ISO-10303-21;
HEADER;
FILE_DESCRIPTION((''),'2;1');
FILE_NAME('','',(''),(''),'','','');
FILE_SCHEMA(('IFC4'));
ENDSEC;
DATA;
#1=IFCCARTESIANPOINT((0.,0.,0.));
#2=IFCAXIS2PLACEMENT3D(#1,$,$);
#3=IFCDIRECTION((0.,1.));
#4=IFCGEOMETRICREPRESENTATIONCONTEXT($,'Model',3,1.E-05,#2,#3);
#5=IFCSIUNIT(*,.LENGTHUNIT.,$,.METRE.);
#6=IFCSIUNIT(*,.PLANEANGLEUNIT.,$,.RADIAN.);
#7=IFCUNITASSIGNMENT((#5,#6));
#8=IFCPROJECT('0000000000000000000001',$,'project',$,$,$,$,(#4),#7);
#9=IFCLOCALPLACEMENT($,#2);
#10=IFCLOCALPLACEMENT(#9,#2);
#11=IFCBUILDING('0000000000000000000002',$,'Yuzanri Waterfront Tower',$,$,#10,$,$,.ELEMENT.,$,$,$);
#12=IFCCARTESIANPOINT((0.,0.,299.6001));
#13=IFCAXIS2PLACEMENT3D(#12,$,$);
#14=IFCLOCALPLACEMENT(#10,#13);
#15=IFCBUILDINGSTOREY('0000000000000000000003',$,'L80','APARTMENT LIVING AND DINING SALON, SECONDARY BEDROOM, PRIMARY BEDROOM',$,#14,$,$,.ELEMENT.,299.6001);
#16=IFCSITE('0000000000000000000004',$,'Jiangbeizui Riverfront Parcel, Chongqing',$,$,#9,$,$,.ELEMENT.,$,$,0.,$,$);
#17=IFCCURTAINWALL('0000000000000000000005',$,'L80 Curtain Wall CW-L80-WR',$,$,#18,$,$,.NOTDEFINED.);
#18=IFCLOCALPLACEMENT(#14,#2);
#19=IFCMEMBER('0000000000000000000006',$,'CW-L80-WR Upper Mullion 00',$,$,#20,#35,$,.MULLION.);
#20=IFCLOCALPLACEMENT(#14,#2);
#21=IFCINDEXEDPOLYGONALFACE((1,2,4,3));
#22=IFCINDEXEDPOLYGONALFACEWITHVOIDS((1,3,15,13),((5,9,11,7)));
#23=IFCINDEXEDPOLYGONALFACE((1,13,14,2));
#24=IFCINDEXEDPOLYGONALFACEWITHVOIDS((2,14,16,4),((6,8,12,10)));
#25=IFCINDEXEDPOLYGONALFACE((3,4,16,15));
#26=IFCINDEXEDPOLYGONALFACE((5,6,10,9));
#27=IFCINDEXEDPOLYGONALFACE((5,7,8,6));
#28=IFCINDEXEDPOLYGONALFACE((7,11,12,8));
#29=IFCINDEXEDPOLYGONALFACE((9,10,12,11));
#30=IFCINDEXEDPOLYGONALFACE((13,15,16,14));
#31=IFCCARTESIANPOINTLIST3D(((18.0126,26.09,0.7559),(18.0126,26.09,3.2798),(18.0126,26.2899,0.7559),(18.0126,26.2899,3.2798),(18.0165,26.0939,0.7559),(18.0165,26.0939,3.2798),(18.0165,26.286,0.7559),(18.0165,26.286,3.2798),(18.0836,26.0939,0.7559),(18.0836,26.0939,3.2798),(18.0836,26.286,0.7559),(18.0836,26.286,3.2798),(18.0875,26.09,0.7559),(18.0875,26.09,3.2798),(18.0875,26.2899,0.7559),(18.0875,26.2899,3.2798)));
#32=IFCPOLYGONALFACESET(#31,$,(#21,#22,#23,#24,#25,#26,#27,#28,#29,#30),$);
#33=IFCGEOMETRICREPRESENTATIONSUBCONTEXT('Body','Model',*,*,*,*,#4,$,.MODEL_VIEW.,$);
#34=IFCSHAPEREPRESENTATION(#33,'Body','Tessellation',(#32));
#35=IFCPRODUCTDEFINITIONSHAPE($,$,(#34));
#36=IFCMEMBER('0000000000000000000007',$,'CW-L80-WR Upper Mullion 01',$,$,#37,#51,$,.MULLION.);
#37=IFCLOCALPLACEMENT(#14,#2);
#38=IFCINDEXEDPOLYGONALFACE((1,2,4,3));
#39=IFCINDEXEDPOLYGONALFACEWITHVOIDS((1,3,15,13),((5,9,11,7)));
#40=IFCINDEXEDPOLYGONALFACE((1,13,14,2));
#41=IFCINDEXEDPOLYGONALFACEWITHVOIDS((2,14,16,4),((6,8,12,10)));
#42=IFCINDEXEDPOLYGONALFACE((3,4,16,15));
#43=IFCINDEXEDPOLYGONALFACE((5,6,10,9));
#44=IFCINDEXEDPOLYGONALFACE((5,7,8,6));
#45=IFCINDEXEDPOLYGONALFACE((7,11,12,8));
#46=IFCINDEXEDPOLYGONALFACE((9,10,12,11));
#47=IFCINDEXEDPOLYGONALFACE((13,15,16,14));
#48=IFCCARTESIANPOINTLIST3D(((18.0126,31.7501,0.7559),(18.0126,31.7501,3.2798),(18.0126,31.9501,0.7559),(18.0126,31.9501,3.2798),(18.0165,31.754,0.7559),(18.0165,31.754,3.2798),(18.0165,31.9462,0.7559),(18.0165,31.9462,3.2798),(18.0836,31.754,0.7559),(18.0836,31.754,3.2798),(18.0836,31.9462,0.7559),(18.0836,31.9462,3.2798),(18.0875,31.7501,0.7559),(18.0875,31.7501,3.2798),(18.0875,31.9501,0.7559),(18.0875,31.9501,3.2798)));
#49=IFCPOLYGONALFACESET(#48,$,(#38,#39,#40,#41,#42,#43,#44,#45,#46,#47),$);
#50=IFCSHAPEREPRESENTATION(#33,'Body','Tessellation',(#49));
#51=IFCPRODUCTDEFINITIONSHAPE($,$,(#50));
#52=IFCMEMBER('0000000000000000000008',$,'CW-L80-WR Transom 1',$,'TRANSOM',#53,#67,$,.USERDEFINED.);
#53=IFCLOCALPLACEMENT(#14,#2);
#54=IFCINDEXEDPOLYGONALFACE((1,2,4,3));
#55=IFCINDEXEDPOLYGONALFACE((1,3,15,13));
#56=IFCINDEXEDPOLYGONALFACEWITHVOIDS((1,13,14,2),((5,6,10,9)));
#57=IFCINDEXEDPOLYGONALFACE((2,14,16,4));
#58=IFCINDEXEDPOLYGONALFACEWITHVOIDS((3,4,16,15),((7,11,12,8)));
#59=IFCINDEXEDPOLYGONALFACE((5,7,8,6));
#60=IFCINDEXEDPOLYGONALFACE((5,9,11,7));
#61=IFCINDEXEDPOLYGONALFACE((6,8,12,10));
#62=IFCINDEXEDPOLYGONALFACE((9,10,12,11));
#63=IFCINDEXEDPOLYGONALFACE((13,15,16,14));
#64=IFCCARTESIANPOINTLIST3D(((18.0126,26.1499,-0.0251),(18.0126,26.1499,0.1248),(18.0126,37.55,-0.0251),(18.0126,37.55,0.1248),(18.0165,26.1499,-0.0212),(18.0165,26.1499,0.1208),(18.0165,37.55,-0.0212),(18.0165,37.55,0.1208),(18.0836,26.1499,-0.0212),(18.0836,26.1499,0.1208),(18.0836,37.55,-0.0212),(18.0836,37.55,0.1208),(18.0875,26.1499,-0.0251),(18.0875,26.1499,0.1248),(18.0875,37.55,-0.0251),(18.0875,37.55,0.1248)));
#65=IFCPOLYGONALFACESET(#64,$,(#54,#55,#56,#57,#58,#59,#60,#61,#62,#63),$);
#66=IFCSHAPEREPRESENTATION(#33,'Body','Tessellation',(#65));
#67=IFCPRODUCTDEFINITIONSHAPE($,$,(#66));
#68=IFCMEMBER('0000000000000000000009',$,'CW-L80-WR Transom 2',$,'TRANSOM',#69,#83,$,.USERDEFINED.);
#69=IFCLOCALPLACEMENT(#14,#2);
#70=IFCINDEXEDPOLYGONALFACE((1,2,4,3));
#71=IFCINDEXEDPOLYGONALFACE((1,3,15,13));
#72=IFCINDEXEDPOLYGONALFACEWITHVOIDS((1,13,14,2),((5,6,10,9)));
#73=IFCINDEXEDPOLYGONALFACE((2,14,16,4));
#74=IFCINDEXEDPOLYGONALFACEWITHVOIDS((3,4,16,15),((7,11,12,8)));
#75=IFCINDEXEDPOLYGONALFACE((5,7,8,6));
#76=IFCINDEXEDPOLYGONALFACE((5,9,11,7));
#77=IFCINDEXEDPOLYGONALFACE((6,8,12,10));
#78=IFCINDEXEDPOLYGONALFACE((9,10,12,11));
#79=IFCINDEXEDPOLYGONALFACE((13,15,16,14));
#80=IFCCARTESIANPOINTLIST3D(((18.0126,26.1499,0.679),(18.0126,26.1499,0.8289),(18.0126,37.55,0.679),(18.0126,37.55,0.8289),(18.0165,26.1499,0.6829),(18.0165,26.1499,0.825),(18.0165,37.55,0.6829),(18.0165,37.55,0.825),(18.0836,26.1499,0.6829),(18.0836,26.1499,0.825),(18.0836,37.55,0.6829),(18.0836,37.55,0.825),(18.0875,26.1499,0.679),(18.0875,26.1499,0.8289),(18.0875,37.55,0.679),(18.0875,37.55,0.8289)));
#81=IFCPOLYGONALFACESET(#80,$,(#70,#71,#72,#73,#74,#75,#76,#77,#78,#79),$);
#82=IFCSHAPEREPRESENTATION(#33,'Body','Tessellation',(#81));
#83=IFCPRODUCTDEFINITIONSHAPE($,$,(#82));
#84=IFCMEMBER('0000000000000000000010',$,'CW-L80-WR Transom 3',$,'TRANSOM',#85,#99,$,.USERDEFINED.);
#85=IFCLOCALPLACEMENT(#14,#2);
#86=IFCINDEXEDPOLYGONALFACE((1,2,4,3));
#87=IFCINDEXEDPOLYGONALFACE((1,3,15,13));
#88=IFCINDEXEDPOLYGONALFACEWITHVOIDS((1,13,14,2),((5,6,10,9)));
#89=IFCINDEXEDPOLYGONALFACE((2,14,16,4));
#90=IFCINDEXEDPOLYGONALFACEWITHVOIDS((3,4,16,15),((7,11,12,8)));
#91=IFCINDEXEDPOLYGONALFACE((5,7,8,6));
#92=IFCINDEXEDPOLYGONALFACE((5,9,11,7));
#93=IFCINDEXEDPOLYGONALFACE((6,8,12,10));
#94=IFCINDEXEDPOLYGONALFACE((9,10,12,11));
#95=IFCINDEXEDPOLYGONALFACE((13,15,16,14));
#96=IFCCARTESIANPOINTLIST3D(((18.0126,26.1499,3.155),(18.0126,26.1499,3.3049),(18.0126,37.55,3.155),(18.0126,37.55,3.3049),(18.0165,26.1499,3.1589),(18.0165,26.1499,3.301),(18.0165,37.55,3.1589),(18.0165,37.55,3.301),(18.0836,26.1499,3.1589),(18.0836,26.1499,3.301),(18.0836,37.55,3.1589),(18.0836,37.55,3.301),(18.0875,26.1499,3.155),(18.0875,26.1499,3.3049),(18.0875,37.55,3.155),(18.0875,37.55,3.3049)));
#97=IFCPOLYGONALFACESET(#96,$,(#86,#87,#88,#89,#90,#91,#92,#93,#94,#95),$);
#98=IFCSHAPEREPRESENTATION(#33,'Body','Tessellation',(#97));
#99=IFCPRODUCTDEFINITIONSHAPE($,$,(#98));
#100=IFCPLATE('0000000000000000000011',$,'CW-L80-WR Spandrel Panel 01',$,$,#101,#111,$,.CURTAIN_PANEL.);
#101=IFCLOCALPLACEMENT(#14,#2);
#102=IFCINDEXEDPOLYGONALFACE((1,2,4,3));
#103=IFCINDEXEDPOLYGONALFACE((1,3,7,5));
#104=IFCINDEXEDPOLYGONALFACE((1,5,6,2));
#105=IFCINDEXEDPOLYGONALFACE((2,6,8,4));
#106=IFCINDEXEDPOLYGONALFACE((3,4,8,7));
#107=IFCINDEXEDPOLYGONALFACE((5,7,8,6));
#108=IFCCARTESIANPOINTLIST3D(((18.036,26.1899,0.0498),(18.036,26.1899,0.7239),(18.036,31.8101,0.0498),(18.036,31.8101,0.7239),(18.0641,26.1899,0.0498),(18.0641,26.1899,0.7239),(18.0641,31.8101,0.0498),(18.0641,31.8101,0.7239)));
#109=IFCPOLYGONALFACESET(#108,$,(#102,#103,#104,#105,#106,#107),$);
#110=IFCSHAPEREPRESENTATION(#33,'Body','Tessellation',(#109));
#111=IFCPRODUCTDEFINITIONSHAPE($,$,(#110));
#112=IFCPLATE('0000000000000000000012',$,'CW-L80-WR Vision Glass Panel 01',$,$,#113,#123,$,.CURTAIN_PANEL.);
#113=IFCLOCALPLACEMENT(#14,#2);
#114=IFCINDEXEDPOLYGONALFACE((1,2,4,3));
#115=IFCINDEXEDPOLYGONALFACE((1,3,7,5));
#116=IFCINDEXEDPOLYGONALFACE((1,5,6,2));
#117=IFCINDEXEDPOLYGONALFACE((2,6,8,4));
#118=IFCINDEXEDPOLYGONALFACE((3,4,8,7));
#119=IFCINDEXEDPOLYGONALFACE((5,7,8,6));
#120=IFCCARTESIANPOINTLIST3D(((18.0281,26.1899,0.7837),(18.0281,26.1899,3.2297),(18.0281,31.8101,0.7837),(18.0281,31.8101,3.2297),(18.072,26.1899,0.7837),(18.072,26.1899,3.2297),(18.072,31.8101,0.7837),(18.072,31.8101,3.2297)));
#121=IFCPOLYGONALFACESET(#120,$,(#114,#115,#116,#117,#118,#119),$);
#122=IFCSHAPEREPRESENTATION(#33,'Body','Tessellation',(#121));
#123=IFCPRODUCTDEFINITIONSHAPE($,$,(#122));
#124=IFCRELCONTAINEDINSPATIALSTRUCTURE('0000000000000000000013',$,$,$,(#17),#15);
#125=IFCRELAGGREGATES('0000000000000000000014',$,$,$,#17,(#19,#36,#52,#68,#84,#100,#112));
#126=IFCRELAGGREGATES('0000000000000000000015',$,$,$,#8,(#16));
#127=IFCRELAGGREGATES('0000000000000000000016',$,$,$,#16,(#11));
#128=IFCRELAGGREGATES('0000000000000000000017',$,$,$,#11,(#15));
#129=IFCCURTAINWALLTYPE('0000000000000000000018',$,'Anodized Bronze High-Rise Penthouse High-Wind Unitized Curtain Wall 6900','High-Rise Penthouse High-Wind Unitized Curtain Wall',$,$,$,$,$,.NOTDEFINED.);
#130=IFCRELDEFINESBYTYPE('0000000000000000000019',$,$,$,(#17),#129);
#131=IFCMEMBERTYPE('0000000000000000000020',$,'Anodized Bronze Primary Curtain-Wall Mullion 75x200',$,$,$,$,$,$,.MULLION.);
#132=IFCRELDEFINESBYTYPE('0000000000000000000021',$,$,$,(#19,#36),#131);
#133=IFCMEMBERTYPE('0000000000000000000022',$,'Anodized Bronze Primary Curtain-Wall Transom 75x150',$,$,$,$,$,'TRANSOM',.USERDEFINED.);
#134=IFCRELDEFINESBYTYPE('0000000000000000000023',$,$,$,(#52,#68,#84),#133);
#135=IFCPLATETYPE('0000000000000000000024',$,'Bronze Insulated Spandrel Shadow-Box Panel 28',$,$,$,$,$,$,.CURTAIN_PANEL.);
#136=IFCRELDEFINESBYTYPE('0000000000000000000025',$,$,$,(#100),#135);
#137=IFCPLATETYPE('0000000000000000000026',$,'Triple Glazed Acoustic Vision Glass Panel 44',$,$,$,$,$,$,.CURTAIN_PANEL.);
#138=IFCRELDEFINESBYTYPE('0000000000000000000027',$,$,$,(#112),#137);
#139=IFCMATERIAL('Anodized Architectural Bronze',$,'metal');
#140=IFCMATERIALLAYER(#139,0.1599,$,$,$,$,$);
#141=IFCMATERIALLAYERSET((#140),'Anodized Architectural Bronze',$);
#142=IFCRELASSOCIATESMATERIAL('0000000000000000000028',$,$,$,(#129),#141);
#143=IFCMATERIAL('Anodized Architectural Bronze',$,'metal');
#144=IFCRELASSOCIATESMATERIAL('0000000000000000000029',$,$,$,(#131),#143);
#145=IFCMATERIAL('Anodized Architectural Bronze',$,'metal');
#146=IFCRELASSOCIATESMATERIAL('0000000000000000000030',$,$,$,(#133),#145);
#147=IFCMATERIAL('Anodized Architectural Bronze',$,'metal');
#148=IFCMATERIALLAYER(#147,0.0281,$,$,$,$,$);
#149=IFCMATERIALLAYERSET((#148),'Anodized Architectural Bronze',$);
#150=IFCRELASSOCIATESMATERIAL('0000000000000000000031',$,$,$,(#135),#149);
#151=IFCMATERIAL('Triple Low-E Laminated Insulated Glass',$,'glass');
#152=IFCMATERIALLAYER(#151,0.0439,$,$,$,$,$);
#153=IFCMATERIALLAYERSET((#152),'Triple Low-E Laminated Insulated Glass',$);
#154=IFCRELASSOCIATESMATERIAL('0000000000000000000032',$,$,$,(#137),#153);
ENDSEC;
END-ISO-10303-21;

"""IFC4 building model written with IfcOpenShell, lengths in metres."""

from ifc_helpers import new_model, si_unit, direction, frame, origin, origin_2d, place, context, subcontext, project, spatial, rectangle, hollow_rectangle, extrude, source, transform, mapped, material, layer, layer_set, material_profile, profile_set, type_object, element, aggregate, save


model = new_model("IFC4")

# Units and contexts
model_context = context("Model", 3, precision=1e-05, world=origin(), true_north=direction((0.0, 1.0)))
body_context = subcontext(model_context, "Body", "Model", "MODEL_VIEW")
ifc_project = project(units=[si_unit("LENGTHUNIT", "METRE"), si_unit("PLANEANGLEUNIT", "RADIAN")], contexts=[model_context])

# Site, building, storey
site_placement = place(None, origin())
site = spatial("IfcSite", under=ifc_project, at=site_placement, Name="Jiangbeizui Riverfront Parcel, Chongqing", CompositionType="ELEMENT", RefElevation=0.0)
building_placement = place(site_placement, origin())
building = spatial("IfcBuilding", under=site, at=building_placement, Name="Yuzanri Waterfront Tower", CompositionType="ELEMENT")
storey_placement = place(building_placement, frame((0.0, 0.0, 299.6001)))
storey = spatial("IfcBuildingStorey", under=building, at=storey_placement, Name="L80", Description="APARTMENT LIVING AND DINING SALON, SECONDARY BEDROOM, PRIMARY BEDROOM", CompositionType="ELEMENT", Elevation=299.6001)

# Shared definitions
ifc_material_1 = material(Name="Anodized Architectural Bronze", Category="metal")
ifc_layer_1 = layer(ifc_material_1, 0.1599)
ifc_layer_set_1 = layer_set([ifc_layer_1], Name="Anodized Architectural Bronze")
curtain_wall_type = type_object("IfcCurtainWallType", Name="Anodized Bronze High-Rise Penthouse High-Wind Unitized Curtain Wall 6900", Description="High-Rise Penthouse High-Wind Unitized Curtain Wall", PredefinedType="NOTDEFINED", material=ifc_layer_set_1)
ifc_material_2 = material(Name="Anodized Architectural Bronze", Category="metal")
ifc_material_profile_1 = material_profile(ifc_material_2, hollow_rectangle(XDim=0.075, YDim=0.2, WallThickness=0.0039, at=origin_2d()), Name="CWM 75x200")
ifc_profile_set_1 = profile_set([ifc_material_profile_1], Name="Anodized Architectural Bronze")
member_type_1 = type_object("IfcMemberType", Name="Anodized Bronze Primary Curtain-Wall Mullion 75x200", PredefinedType="MULLION", material=ifc_profile_set_1)

# Curtain wall
curtain_wall_1_placement = place(storey_placement, origin())
curtain_wall_1 = element("IfcCurtainWall", 1, at=curtain_wall_1_placement, inside=storey, type_object=curtain_wall_type, Name="L80 Curtain Wall CW-L80-WR", PredefinedType="NOTDEFINED")

# Members
shared_shape_1 = source(origin(), body_context, "Body", "SweptSolid", [
    extrude(hollow_rectangle(XDim=0.075, YDim=0.2, WallThickness=0.0039, at=origin_2d()), origin(), (0.0, 0.0, 1.0), 2.5239),
])
member_1_placement = place(storey_placement, frame((18.05, 26.1899, 0.7559), z_axis=(0.0, 0.0, 1.0), x_axis=(1.0, 0.0, 0.0)))
member_1 = element("IfcMember", 2, at=member_1_placement, type_object=member_type_1, Name="CW-L80-WR Upper Mullion 00", PredefinedType="MULLION", context=body_context, shape_type="MappedRepresentation", body=[
    mapped(shared_shape_1, transform((0.0, 0.0, 0.0), scale=1.0)),
])
member_2_placement = place(storey_placement, frame((18.05, 31.8501, 0.7559), z_axis=(0.0, 0.0, 1.0), x_axis=(1.0, 0.0, 0.0)))
member_2 = element("IfcMember", 3, at=member_2_placement, type_object=member_type_1, Name="CW-L80-WR Upper Mullion 01", PredefinedType="MULLION", context=body_context, shape_type="MappedRepresentation", body=[
    mapped(shared_shape_1, transform((0.0, 0.0, 0.0), scale=1.0)),
])
ifc_material_3 = material(Name="Anodized Architectural Bronze", Category="metal")
ifc_material_profile_2 = material_profile(ifc_material_3, hollow_rectangle(XDim=0.075, YDim=0.1499, WallThickness=0.0039, at=origin_2d()), Name="CWT 75x150")
ifc_profile_set_2 = profile_set([ifc_material_profile_2], Name="Anodized Architectural Bronze")
member_type_2 = type_object("IfcMemberType", Name="Anodized Bronze Primary Curtain-Wall Transom 75x150", ElementType="TRANSOM", PredefinedType="USERDEFINED", material=ifc_profile_set_2)
shared_shape_2 = source(origin(), body_context, "Body", "SweptSolid", [
    extrude(hollow_rectangle(XDim=0.075, YDim=0.1499, WallThickness=0.0039, at=origin_2d()), origin(), (0.0, 0.0, 1.0), 11.4001),
])
member_3_placement = place(storey_placement, frame((18.05, 26.1499, 0.0498), z_axis=(0.0, 1.0, 0.0), x_axis=(-1.0, 0.0, 0.0)))
member_3 = element("IfcMember", 4, at=member_3_placement, type_object=member_type_2, Name="CW-L80-WR Transom 1", ObjectType="TRANSOM", PredefinedType="USERDEFINED", context=body_context, shape_type="MappedRepresentation", body=[
    mapped(shared_shape_2, transform((0.0, 0.0, 0.0), scale=1.0)),
])
member_4_placement = place(storey_placement, frame((18.05, 26.1499, 0.7539), z_axis=(0.0, 1.0, 0.0), x_axis=(-1.0, 0.0, 0.0)))
member_4 = element("IfcMember", 5, at=member_4_placement, type_object=member_type_2, Name="CW-L80-WR Transom 2", ObjectType="TRANSOM", PredefinedType="USERDEFINED", context=body_context, shape_type="MappedRepresentation", body=[
    mapped(shared_shape_2, transform((0.0, 0.0, 0.0), scale=1.0)),
])
member_5_placement = place(storey_placement, frame((18.05, 26.1499, 3.23), z_axis=(0.0, 1.0, 0.0), x_axis=(-1.0, 0.0, 0.0)))
member_5 = element("IfcMember", 6, at=member_5_placement, type_object=member_type_2, Name="CW-L80-WR Transom 3", ObjectType="TRANSOM", PredefinedType="USERDEFINED", context=body_context, shape_type="MappedRepresentation", body=[
    mapped(shared_shape_2, transform((0.0, 0.0, 0.0), scale=1.0)),
])

# Plates
ifc_material_4 = material(Name="Anodized Architectural Bronze", Category="metal")
ifc_layer_2 = layer(ifc_material_4, 0.0281)
ifc_layer_set_2 = layer_set([ifc_layer_2], Name="Anodized Architectural Bronze")
plate_type_1 = type_object("IfcPlateType", Name="Bronze Insulated Spandrel Shadow-Box Panel 28", PredefinedType="CURTAIN_PANEL", material=ifc_layer_set_2)
shared_shape_3 = source(origin(), body_context, "Body", "SweptSolid", [
    extrude(rectangle(XDim=5.6201, YDim=0.0281, at=origin_2d()), origin(), (0.0, 0.0, 1.0), 0.6741),
])
plate_1_placement = place(storey_placement, frame((18.05, 29.0, 0.0498), z_axis=(0.0, 0.0, 1.0), x_axis=(0.0, 1.0, 0.0)))
plate_1 = element("IfcPlate", 7, at=plate_1_placement, type_object=plate_type_1, Name="CW-L80-WR Spandrel Panel 01", PredefinedType="CURTAIN_PANEL", context=body_context, shape_type="MappedRepresentation", body=[
    mapped(shared_shape_3, transform((0.0, 0.0, 0.0), scale=1.0)),
])
ifc_material_5 = material(Name="Triple Low-E Laminated Insulated Glass", Category="glass")
ifc_layer_3 = layer(ifc_material_5, 0.0439)
ifc_layer_set_3 = layer_set([ifc_layer_3], Name="Triple Low-E Laminated Insulated Glass")
plate_type_2 = type_object("IfcPlateType", Name="Triple Glazed Acoustic Vision Glass Panel 44", PredefinedType="CURTAIN_PANEL", material=ifc_layer_set_3)
shared_shape_4 = source(origin(), body_context, "Body", "SweptSolid", [
    extrude(rectangle(XDim=5.6201, YDim=0.0439, at=origin_2d()), origin(), (0.0, 0.0, 1.0), 2.446),
])
plate_2_placement = place(storey_placement, frame((18.05, 29.0, 0.7837), z_axis=(0.0, 0.0, 1.0), x_axis=(0.0, 1.0, 0.0)))
plate_2 = element("IfcPlate", 8, at=plate_2_placement, type_object=plate_type_2, Name="CW-L80-WR Vision Glass Panel 01", PredefinedType="CURTAIN_PANEL", context=body_context, shape_type="MappedRepresentation", body=[
    mapped(shared_shape_4, transform((0.0, 0.0, 0.0), scale=1.0)),
])
aggregate(curtain_wall_1, [member_1, member_2, member_3, member_4, member_5, plate_1, plate_2])

save(model, "model.ifc")
